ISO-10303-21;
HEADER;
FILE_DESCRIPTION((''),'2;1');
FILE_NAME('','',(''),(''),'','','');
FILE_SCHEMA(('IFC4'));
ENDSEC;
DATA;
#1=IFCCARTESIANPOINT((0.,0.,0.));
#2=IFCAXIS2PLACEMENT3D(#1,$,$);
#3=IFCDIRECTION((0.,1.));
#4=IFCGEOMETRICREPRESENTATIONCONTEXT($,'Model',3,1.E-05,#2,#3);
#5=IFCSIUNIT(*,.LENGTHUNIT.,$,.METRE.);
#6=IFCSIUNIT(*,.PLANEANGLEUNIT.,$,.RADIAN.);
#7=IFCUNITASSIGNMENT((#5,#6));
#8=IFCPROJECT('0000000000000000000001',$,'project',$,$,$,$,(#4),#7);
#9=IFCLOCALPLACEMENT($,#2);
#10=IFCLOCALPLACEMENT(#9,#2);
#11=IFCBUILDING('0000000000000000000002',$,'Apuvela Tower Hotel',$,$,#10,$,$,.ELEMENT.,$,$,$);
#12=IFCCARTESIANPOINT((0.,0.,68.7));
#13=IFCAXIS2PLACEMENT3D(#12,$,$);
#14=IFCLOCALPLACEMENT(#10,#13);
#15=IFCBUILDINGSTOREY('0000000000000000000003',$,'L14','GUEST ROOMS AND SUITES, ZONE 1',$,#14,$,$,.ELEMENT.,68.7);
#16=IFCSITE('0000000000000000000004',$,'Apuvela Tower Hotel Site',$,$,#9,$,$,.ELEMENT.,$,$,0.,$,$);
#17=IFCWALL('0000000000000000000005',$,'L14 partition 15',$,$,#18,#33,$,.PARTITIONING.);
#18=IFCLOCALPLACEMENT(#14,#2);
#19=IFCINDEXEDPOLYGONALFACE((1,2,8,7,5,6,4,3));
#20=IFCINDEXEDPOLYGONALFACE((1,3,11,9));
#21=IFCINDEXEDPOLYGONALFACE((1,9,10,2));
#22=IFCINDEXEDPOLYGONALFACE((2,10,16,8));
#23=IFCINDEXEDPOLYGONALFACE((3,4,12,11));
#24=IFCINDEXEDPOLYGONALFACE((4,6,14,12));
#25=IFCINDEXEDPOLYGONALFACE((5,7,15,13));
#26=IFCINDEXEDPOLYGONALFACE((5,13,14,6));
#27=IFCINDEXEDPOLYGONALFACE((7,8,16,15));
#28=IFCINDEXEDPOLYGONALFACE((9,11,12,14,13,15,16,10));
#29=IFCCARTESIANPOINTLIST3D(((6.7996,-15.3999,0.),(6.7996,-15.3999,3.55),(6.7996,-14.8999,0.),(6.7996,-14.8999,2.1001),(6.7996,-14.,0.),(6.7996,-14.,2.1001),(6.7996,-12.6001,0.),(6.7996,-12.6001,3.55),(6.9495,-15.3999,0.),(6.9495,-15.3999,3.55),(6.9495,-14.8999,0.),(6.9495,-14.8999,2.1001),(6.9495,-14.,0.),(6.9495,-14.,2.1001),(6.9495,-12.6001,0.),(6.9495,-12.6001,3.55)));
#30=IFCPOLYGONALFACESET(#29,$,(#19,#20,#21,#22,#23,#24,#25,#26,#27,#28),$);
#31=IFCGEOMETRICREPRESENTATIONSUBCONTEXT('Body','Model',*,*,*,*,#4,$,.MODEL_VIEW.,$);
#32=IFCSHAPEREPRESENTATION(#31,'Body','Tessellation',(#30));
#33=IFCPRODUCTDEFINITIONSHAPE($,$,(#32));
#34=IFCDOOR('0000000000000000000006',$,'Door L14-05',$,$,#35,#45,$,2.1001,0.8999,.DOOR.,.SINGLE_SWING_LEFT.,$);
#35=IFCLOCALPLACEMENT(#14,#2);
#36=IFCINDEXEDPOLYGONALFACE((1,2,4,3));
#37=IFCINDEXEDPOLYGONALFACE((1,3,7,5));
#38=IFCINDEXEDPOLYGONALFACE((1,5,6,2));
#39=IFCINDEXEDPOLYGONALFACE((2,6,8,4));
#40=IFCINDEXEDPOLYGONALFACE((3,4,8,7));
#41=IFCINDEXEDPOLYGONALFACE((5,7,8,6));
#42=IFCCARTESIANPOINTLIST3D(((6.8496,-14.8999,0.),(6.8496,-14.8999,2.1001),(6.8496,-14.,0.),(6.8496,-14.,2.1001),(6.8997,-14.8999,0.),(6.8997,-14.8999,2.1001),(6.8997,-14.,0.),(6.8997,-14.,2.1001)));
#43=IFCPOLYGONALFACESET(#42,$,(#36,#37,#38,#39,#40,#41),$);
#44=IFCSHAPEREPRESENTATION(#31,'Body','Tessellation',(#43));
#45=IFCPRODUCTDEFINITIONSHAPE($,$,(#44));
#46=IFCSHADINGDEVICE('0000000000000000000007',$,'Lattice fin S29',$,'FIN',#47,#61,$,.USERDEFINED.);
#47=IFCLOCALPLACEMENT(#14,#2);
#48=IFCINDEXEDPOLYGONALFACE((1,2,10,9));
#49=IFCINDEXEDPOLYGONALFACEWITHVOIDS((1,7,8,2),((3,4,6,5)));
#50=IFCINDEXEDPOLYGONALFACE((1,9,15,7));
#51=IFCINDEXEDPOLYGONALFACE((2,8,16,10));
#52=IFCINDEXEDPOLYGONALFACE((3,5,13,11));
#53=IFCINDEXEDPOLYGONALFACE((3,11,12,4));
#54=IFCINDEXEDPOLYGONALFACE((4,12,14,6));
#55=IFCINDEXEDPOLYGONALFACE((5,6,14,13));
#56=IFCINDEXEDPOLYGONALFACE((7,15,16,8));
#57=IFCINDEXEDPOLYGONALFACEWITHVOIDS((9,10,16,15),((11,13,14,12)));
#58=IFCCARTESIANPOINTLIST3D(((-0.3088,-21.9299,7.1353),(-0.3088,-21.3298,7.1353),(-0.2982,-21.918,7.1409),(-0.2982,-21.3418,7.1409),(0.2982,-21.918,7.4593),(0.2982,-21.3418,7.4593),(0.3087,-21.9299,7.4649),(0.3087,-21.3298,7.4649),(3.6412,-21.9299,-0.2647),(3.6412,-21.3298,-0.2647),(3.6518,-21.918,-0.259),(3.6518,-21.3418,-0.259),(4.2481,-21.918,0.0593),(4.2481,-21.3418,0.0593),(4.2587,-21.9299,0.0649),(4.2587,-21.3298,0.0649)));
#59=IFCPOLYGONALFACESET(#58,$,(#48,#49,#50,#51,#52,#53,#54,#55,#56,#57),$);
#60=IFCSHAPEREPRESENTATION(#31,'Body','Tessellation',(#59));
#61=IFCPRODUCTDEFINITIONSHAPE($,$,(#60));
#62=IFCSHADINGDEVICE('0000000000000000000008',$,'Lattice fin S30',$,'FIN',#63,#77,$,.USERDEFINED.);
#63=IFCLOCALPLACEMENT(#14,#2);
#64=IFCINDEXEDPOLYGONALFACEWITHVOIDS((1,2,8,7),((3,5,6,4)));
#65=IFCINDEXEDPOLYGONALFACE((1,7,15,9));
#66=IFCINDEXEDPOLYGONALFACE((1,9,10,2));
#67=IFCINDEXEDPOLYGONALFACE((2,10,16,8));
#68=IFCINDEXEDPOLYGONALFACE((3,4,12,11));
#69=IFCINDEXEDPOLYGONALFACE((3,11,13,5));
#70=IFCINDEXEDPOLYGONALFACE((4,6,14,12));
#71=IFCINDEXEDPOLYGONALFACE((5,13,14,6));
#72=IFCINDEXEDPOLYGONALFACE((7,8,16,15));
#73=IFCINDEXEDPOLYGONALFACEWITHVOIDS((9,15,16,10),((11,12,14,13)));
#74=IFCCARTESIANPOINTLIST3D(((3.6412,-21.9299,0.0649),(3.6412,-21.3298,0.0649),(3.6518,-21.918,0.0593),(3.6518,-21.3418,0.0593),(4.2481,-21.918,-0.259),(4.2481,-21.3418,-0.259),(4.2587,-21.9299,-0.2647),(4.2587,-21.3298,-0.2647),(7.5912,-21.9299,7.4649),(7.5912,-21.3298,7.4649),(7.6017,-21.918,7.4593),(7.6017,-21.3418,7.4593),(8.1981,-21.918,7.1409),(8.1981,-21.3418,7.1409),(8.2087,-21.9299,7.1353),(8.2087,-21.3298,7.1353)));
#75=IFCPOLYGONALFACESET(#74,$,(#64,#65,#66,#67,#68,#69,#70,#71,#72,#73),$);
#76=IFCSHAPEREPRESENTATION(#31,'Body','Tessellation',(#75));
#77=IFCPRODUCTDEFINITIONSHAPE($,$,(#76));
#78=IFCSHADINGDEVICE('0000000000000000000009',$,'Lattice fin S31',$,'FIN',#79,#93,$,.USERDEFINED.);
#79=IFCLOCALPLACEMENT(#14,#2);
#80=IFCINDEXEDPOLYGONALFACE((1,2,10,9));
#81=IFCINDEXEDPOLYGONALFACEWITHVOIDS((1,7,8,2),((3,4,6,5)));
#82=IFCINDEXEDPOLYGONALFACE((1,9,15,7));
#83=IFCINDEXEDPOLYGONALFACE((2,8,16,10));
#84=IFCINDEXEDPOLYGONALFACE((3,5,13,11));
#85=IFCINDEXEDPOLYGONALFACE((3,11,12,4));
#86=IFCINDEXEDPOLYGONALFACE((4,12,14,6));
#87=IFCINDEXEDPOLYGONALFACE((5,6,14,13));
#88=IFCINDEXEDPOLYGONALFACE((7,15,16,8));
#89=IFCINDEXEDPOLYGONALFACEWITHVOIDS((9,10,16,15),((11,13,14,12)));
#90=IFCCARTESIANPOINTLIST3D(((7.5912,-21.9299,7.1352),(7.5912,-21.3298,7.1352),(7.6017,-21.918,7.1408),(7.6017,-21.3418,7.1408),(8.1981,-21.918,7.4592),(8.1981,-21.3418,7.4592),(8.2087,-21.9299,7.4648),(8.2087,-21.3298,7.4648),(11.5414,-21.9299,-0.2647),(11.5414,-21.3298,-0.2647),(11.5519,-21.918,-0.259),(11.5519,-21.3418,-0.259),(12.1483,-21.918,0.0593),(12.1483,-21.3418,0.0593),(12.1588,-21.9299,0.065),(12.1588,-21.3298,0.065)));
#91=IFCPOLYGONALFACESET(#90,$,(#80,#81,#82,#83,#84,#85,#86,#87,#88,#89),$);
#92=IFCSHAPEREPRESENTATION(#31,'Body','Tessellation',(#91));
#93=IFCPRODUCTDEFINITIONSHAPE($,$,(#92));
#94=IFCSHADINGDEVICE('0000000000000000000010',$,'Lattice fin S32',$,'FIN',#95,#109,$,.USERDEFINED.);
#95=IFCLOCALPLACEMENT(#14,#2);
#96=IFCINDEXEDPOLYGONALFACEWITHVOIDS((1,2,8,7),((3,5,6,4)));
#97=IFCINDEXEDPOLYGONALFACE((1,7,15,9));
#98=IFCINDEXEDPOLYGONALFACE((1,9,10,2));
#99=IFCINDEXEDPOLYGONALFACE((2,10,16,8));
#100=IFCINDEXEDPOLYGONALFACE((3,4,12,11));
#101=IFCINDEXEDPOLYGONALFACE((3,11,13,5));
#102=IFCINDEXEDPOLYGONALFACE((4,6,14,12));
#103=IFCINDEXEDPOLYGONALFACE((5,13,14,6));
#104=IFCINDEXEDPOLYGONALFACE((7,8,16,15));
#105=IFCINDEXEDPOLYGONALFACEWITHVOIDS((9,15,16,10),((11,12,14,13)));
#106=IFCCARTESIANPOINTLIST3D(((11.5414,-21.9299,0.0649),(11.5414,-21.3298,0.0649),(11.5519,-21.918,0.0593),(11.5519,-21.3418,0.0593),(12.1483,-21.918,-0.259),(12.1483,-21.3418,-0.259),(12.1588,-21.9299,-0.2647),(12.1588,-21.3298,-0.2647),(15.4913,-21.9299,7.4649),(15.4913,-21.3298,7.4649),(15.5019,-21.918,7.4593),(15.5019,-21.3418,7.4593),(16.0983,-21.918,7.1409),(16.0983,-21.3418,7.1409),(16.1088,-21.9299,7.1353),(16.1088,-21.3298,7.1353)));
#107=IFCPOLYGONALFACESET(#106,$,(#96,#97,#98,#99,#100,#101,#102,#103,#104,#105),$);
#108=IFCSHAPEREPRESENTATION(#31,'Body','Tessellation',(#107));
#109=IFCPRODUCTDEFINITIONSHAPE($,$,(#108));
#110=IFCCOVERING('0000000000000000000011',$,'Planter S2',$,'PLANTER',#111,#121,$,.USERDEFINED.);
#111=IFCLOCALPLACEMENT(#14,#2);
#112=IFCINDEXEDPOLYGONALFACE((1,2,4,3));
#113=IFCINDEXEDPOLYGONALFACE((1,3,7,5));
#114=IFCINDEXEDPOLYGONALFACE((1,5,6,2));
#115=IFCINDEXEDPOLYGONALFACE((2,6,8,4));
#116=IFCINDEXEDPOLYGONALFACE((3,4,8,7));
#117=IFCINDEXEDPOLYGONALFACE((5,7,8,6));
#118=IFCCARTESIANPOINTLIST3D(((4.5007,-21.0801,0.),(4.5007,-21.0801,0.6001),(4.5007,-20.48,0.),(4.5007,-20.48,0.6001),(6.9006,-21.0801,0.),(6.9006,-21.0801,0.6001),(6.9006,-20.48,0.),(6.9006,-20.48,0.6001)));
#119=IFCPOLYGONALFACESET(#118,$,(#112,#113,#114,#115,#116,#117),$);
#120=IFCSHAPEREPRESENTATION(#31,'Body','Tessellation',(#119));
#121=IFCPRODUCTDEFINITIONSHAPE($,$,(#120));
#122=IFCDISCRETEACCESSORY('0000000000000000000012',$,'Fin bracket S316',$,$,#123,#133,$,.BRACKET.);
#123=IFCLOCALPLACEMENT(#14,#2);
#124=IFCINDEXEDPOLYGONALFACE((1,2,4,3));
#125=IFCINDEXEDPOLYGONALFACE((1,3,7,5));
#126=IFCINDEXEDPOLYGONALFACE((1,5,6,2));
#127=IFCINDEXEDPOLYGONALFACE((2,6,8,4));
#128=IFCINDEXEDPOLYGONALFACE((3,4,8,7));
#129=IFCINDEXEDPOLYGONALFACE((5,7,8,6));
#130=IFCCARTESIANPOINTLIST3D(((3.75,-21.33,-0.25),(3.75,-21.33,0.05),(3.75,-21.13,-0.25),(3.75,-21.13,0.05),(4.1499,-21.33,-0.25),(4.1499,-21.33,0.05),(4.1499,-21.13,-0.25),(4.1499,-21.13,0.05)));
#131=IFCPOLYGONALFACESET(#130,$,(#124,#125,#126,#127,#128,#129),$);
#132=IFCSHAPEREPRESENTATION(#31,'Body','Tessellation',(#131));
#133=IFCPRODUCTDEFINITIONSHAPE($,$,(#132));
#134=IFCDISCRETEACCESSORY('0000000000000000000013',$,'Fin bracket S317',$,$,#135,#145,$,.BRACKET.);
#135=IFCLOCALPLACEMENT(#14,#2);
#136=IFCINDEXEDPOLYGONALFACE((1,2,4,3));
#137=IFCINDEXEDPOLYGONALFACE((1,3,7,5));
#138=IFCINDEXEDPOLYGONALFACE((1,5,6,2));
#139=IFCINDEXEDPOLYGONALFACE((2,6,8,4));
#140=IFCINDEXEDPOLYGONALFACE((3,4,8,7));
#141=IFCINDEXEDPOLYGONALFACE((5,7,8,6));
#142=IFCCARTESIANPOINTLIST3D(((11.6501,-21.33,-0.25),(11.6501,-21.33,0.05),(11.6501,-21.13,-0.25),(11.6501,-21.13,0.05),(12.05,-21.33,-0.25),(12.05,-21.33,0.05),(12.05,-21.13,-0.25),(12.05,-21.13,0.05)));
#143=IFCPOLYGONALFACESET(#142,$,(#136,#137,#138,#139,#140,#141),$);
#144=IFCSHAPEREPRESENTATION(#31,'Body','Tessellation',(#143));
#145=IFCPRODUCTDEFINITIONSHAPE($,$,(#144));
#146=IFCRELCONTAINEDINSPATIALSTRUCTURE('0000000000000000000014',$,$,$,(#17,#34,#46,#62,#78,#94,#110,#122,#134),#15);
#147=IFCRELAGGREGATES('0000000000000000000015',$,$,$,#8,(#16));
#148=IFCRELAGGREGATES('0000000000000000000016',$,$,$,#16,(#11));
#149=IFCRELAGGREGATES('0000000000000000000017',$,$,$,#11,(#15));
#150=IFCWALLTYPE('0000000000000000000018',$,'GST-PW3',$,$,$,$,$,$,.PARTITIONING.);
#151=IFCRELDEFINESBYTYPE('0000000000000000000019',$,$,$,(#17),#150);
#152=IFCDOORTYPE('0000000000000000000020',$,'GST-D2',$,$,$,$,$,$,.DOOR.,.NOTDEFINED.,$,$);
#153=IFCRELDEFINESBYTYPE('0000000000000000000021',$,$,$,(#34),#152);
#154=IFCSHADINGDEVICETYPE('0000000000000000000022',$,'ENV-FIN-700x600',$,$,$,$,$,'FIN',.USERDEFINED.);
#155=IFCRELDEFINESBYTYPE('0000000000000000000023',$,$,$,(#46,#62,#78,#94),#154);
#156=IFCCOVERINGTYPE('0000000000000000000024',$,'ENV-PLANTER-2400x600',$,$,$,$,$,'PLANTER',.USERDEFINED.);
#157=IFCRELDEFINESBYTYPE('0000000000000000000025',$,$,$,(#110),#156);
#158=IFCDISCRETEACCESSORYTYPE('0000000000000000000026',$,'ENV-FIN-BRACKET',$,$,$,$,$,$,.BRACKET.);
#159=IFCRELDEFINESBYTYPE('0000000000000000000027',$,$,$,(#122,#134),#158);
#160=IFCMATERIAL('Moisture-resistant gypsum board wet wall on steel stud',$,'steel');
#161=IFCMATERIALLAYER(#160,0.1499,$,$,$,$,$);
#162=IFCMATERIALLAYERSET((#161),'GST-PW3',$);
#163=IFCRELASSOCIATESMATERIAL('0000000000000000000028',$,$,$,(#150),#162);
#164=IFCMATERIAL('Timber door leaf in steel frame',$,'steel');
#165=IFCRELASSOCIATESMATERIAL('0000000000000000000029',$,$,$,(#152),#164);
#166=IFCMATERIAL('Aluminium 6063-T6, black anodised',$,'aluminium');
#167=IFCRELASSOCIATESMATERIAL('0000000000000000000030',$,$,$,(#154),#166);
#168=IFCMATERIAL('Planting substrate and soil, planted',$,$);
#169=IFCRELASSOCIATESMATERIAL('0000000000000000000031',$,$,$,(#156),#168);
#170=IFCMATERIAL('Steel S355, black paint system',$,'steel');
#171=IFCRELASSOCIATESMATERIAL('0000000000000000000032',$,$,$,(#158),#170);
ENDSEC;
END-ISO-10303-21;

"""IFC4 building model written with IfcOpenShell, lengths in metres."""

from ifc_helpers import new_model, si_unit, direction, frame, frame_2d, origin, origin_2d, place, context, subcontext, project, spatial, rectangle, hollow_rectangle, extrude, material, layer, layer_set, material_profile, profile_set, type_object, element, fill, save


model = new_model("IFC4")

# Units and contexts
model_context = context("Model", 3, precision=1e-05, world=origin(), true_north=direction((0.0, 1.0)))
body_context = subcontext(model_context, "Body", "Model", "MODEL_VIEW")
ifc_project = project(units=[si_unit("LENGTHUNIT", "METRE"), si_unit("PLANEANGLEUNIT", "RADIAN")], contexts=[model_context])

# Site, building, storey
site_placement = place(None, origin())
site = spatial("IfcSite", under=ifc_project, at=site_placement, Name="Apuvela Tower Hotel Site", CompositionType="ELEMENT", RefElevation=0.0)
building_placement = place(site_placement, origin())
building = spatial("IfcBuilding", under=site, at=building_placement, Name="Apuvela Tower Hotel", CompositionType="ELEMENT")
storey_placement = place(building_placement, frame((0.0, 0.0, 68.7)))
storey = spatial("IfcBuildingStorey", under=building, at=storey_placement, Name="L14", Description="GUEST ROOMS AND SUITES, ZONE 1", CompositionType="ELEMENT", Elevation=68.7)

# Wall, opening, door
ifc_material_1 = material(Name="Moisture-resistant gypsum board wet wall on steel stud", Category="steel")
ifc_layer_1 = layer(ifc_material_1, 0.1499)
ifc_layer_set_1 = layer_set([ifc_layer_1], Name="GST-PW3")
wall_type_1 = type_object("IfcWallType", Name="GST-PW3", PredefinedType="PARTITIONING", material=ifc_layer_set_1)
wall_1_placement = place(storey_placement, frame((6.8745, -15.3999, 0.0), z_axis=(0.0, 0.0, 1.0), x_axis=(0.0, 1.0, 0.0)))
wall_1 = element("IfcWall", 1, at=wall_1_placement, inside=storey, type_object=wall_type_1, Name="L14 partition 15", PredefinedType="PARTITIONING", context=body_context, shape_type="SweptSolid", body=[
    extrude(rectangle(XDim=2.7998, YDim=0.1499, at=frame_2d((1.3999, 0.0))), origin(), (0.0, 0.0, 1.0), 3.55),
])
opening_1_placement = place(wall_1_placement, frame((0.5, 0.0, 0.0)))
opening_1 = element("IfcOpeningElement", 2, at=opening_1_placement, cuts=wall_1, PredefinedType="OPENING", context=body_context, shape_type="SweptSolid", body=[
    extrude(rectangle(XDim=0.8999, YDim=2.1001, at=frame_2d((0.45, 1.05))), frame((0.0, 0.085, 0.0), z_axis=(0.0, -1.0, 0.0), x_axis=(1.0, 0.0, 0.0)), (0.0, 0.0, 1.0), 0.1699),
])
ifc_material_2 = material(Name="Timber door leaf in steel frame", Category="steel")
door_type_1 = type_object("IfcDoorType", Name="GST-D2", OperationType="NOTDEFINED", PredefinedType="DOOR", material=ifc_material_2)
door_1_placement = place(opening_1_placement, origin())
door_1 = element("IfcDoor", 3, at=door_1_placement, inside=storey, type_object=door_type_1, Name="Door L14-05", OperationType="SINGLE_SWING_LEFT", OverallHeight=2.1001, OverallWidth=0.8999, PredefinedType="DOOR", context=body_context, shape_type="SweptSolid", body=[
    extrude(rectangle(XDim=0.8999, YDim=2.1001, at=frame_2d((0.45, 1.05))), frame((0.0, 0.0249, 0.0), z_axis=(0.0, -1.0, 0.0), x_axis=(1.0, 0.0, 0.0)), (0.0, 0.0, 1.0), 0.05),
])
fill(opening_1, door_1)

# Shading devices
ifc_material_3 = material(Name="Aluminium 6063-T6, black anodised", Category="aluminium")
ifc_material_profile_1 = material_profile(ifc_material_3, hollow_rectangle(XDim=0.6001, YDim=0.7, WallThickness=0.012, at=origin_2d()), Name="AL BOX 700x600x12")
ifc_profile_set_1 = profile_set([ifc_material_profile_1], Name="Aluminium 6063-T6, black anodised")
shading_device_type = type_object("IfcShadingDeviceType", Name="ENV-FIN-700x600", ElementType="FIN", PredefinedType="USERDEFINED", material=ifc_profile_set_1)
for number, where, z_axis, x_axis, name in (
    (4, (3.95, -21.6299, -0.0999), (-0.470898, 0.0, 0.882188), (0.0, -1.0, 0.0), "Lattice fin S29"),
    (5, (3.95, -21.6299, -0.0999), (0.470898, 0.0, 0.882188), (0.0, 1.0, 0.0), "Lattice fin S30"),
    (6, (11.8501, -21.6299, -0.0999), (-0.470921, 0.0, 0.882176), (0.0, -1.0, 0.0), "Lattice fin S31"),
    (7, (11.8501, -21.6299, -0.0999), (0.470898, 0.0, 0.882188), (0.0, 1.0, 0.0), "Lattice fin S32"),
):
    element("IfcShadingDevice", number, at=place(storey_placement, frame(where, z_axis=z_axis, x_axis=x_axis)), inside=storey, type_object=shading_device_type, Name=name, ObjectType="FIN", PredefinedType="USERDEFINED", context=body_context, shape_type="SweptSolid", body=[
        extrude(hollow_rectangle(XDim=0.6001, YDim=0.7, WallThickness=0.012, at=origin_2d()), origin(), (0.0, 0.0, 1.0), 8.3882),
    ])

# Covering
ifc_material_4 = material(Name="Planting substrate and soil, planted")
covering_type = type_object("IfcCoveringType", Name="ENV-PLANTER-2400x600", ElementType="PLANTER", PredefinedType="USERDEFINED", material=ifc_material_4)
covering_placement = place(storey_placement, frame((5.7007, -20.78, 0.0), z_axis=(0.0, 0.0, 1.0), x_axis=(1.0, 0.0, 0.0)))
element("IfcCovering", 8, at=covering_placement, inside=storey, type_object=covering_type, Name="Planter S2", ObjectType="PLANTER", PredefinedType="USERDEFINED", context=body_context, shape_type="SweptSolid", body=[
    extrude(rectangle(XDim=2.3999, YDim=0.6001, at=origin_2d()), origin(), (0.0, 0.0, 1.0), 0.6001),
])

# Discrete accessories
ifc_material_5 = material(Name="Steel S355, black paint system", Category="steel")
discrete_accessory_type = type_object("IfcDiscreteAccessoryType", Name="ENV-FIN-BRACKET", PredefinedType="BRACKET", material=ifc_material_5)
for number, where, z_axis, x_axis, name in (
    (9, (3.95, -21.23, -0.25), (0.0, 0.0, 1.0), (1.0, 0.0, 0.0), "Fin bracket S316"),
    (10, (11.8501, -21.23, -0.25), (0.0, 0.0, 1.0), (1.0, 0.0, 0.0), "Fin bracket S317"),
):
    element("IfcDiscreteAccessory", number, at=place(storey_placement, frame(where, z_axis=z_axis, x_axis=x_axis)), inside=storey, type_object=discrete_accessory_type, Name=name, PredefinedType="BRACKET", context=body_context, shape_type="SweptSolid", body=[
        extrude(rectangle(XDim=0.3999, YDim=0.2, at=origin_2d()), origin(), (0.0, 0.0, 1.0), 0.3),
    ])

save(model, "model.ifc")
